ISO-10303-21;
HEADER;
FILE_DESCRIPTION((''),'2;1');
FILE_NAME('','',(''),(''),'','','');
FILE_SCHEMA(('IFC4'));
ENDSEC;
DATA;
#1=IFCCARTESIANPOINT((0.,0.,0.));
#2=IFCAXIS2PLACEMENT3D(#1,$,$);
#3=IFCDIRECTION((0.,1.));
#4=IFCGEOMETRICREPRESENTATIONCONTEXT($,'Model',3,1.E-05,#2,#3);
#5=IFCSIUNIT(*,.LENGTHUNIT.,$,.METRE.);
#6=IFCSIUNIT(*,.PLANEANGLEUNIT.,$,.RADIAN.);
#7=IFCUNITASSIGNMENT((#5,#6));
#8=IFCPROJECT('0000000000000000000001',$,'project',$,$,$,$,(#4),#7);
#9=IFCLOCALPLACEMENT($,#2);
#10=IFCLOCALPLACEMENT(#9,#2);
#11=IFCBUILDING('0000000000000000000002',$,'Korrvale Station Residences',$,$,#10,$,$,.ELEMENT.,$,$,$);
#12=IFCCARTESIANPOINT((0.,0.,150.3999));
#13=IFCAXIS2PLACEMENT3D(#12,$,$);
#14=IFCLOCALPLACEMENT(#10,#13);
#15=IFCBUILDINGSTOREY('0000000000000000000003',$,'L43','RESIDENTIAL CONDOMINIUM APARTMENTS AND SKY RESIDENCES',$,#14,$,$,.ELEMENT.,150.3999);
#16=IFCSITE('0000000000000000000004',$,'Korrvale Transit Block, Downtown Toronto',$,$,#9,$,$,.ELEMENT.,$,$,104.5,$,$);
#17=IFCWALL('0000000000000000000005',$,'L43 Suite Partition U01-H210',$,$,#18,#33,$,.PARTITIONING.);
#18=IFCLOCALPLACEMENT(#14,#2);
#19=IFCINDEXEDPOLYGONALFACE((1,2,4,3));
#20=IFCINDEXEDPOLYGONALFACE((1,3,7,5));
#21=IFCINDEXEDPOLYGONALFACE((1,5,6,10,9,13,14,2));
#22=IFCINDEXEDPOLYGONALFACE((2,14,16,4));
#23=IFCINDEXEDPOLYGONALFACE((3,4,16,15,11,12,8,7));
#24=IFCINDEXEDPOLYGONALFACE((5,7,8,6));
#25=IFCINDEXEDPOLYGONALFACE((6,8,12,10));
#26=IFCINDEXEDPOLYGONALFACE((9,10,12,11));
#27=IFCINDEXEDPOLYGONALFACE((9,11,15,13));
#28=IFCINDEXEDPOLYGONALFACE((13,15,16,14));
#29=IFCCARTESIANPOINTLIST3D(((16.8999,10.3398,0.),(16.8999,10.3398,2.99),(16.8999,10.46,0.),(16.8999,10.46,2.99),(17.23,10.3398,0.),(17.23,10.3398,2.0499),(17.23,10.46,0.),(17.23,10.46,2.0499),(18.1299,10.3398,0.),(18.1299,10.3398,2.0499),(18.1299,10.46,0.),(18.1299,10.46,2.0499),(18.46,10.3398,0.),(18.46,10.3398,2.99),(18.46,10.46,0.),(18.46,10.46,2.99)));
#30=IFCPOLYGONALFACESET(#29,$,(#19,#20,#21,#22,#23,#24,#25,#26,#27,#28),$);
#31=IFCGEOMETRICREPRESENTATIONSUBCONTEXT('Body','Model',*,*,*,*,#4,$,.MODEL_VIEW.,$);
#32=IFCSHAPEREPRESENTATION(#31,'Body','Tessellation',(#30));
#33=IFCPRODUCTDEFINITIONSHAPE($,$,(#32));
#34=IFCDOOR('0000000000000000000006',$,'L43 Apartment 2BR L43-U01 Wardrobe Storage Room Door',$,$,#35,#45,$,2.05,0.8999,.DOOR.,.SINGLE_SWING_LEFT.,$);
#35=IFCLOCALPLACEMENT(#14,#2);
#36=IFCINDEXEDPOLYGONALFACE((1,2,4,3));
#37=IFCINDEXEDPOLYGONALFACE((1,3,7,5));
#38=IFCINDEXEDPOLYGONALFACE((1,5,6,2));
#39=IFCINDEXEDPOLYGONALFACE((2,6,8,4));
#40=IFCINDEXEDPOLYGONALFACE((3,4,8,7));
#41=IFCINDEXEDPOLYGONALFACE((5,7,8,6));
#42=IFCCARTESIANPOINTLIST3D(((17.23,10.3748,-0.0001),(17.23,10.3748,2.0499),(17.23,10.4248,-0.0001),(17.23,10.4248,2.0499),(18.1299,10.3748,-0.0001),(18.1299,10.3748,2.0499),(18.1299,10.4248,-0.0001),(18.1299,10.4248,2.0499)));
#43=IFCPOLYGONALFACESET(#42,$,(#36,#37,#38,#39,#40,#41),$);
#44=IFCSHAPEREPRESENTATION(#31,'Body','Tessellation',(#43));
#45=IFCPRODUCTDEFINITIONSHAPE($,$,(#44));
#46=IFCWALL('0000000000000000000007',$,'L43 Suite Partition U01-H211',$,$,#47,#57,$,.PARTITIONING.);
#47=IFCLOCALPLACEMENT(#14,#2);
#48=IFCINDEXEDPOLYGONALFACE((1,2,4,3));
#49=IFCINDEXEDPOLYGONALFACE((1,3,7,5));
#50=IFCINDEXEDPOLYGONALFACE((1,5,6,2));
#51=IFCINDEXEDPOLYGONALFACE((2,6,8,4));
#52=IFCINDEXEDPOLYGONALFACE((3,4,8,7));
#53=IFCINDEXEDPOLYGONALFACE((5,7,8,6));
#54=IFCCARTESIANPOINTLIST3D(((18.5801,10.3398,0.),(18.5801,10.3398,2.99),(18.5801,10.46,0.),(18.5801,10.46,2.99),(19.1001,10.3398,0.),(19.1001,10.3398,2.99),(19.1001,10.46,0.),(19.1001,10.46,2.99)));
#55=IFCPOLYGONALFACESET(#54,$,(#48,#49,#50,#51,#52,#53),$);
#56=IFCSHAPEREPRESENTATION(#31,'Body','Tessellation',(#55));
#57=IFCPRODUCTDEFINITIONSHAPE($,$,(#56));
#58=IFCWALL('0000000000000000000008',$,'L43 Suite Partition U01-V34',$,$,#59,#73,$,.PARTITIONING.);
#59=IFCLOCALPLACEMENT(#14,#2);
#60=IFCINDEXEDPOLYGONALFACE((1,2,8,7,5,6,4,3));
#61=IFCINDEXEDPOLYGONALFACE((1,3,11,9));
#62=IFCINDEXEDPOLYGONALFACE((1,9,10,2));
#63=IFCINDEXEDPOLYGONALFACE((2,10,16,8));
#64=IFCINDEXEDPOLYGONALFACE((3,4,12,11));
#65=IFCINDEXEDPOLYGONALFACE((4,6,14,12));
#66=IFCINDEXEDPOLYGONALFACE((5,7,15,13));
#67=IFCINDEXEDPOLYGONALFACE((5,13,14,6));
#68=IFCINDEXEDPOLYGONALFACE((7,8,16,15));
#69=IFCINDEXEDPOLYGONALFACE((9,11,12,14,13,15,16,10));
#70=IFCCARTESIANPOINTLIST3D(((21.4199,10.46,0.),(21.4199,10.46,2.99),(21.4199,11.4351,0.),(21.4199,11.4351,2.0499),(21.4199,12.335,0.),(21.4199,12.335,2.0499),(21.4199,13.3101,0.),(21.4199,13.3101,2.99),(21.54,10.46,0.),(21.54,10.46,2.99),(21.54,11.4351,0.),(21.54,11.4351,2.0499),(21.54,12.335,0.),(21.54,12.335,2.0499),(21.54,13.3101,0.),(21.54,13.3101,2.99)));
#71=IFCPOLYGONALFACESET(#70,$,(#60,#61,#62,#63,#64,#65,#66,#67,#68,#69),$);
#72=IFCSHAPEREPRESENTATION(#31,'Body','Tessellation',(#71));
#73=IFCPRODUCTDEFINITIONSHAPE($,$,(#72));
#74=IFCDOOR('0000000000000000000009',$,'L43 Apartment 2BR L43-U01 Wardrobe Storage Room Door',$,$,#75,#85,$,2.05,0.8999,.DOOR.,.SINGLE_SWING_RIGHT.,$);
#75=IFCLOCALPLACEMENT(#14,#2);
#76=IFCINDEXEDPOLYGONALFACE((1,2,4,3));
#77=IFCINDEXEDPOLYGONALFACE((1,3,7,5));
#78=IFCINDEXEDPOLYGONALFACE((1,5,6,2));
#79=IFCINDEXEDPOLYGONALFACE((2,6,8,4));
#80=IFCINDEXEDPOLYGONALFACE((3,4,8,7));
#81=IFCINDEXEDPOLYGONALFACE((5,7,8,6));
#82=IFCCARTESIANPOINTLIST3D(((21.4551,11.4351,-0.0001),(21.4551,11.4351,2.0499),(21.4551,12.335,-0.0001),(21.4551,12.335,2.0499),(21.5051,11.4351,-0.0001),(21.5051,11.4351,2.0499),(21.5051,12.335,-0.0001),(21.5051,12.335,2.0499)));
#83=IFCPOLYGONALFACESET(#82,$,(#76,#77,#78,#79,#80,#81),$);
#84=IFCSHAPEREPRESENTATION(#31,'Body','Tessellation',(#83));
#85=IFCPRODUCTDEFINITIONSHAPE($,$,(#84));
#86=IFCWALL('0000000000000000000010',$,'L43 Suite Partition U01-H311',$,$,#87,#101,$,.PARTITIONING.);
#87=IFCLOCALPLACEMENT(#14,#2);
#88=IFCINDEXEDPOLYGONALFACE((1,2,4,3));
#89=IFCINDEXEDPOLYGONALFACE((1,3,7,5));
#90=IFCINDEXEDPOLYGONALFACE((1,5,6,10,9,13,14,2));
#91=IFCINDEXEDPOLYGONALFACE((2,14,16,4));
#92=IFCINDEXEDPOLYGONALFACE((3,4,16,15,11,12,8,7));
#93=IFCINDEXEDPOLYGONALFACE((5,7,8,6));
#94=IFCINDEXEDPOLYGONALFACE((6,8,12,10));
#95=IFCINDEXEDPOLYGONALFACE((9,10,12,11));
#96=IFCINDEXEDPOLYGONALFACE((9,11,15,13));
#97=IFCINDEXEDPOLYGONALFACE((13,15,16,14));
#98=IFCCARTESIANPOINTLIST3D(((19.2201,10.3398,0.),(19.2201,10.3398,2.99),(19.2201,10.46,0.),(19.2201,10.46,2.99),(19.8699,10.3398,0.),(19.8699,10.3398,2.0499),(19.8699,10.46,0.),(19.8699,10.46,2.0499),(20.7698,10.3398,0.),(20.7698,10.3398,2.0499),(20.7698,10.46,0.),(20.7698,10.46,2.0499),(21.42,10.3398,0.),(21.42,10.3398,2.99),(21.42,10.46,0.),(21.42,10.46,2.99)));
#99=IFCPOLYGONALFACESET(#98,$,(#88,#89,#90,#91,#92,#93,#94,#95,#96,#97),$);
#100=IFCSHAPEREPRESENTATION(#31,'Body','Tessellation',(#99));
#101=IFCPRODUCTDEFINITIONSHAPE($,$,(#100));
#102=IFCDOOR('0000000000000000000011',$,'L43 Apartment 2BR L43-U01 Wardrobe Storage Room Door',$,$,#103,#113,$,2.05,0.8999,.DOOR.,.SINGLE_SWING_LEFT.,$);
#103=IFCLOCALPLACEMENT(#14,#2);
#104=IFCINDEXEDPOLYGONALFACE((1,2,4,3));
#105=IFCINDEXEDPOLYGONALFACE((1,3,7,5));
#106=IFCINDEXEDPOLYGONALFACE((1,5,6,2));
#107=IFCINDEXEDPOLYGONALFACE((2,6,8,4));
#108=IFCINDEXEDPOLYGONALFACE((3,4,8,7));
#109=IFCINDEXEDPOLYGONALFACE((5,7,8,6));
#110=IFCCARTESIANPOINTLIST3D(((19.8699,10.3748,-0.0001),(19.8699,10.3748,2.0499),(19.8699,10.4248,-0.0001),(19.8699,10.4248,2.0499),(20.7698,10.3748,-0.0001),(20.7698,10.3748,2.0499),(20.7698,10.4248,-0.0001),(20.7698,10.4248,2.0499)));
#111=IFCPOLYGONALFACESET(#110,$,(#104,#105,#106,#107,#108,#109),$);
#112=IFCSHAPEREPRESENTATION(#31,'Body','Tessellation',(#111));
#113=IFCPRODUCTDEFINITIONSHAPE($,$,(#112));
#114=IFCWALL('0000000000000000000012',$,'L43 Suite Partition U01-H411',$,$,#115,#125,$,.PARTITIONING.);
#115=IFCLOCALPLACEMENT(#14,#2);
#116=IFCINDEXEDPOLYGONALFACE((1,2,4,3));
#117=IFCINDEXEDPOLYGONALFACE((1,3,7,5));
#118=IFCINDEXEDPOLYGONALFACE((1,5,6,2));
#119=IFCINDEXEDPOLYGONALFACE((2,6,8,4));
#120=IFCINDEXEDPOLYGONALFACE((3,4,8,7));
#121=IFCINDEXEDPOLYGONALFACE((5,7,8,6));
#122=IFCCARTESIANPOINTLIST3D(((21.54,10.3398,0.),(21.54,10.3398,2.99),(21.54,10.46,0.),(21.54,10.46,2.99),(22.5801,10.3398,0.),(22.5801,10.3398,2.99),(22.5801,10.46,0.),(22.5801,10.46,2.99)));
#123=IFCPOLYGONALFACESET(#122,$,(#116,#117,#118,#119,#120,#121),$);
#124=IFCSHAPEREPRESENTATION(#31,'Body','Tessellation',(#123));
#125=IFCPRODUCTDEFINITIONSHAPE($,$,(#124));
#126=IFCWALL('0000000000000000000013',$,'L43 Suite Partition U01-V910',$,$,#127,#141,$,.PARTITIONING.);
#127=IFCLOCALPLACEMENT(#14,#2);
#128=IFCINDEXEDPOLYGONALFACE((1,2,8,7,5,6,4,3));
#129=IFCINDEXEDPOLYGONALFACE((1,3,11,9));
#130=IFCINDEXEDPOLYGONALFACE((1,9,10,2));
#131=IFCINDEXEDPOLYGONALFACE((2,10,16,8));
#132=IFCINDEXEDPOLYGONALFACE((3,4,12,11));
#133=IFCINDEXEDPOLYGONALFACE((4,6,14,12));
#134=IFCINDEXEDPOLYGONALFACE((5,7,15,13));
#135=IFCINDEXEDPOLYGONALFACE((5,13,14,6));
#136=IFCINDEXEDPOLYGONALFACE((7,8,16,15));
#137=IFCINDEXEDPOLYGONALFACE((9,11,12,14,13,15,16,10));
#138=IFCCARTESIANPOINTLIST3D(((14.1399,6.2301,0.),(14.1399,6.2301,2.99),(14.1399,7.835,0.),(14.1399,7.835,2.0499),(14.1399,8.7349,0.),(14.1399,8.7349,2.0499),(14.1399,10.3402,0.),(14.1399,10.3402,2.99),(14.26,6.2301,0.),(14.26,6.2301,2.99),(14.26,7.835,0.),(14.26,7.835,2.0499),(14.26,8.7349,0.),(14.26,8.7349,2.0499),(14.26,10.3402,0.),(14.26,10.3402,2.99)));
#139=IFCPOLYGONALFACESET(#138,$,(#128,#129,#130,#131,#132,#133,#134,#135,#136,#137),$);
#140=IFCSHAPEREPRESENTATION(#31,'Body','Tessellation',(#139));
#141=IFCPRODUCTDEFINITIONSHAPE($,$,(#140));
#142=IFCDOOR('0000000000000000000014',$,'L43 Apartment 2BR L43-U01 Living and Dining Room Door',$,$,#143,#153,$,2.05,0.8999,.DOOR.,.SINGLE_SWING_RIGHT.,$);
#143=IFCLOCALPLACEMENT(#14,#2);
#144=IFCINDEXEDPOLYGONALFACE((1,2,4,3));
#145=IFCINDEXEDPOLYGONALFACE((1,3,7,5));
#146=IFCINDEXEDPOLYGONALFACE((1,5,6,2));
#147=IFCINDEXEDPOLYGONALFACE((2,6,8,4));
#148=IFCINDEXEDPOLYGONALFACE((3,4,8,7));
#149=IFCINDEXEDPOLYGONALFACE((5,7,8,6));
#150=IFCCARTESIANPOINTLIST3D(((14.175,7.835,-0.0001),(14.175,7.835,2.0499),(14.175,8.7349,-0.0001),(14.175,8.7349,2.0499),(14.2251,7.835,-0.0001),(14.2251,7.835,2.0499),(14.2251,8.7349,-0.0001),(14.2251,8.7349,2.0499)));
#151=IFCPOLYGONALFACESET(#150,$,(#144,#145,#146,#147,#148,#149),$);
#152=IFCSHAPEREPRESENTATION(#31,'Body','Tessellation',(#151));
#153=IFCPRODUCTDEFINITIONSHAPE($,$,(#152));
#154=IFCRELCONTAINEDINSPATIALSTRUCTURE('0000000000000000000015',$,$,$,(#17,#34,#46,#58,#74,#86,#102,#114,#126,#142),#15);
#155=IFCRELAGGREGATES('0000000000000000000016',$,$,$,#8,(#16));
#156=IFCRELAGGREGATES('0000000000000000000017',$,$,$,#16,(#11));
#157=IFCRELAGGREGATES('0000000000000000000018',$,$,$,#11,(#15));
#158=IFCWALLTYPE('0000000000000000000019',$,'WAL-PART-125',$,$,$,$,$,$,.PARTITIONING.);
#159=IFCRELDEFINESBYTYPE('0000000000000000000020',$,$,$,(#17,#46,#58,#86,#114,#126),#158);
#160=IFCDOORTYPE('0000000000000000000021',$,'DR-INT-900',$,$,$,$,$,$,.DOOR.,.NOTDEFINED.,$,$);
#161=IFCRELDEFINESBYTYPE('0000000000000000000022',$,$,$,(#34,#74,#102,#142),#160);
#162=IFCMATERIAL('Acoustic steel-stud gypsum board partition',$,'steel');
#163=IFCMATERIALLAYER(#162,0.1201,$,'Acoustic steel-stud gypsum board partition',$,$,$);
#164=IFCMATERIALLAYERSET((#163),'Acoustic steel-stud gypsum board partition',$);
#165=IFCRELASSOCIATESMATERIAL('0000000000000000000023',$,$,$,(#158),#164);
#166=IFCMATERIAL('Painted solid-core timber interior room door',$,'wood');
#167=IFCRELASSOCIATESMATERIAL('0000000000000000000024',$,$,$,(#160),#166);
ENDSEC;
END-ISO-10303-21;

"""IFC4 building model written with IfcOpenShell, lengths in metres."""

from ifc_helpers import new_model, si_unit, direction, frame, frame_2d, origin, place, context, subcontext, project, spatial, rectangle, extrude, material, layer, layer_set, type_object, element, fill, save


model = new_model("IFC4")

# Units and contexts
model_context = context("Model", 3, precision=1e-05, world=origin(), true_north=direction((0.0, 1.0)))
body_context = subcontext(model_context, "Body", "Model", "MODEL_VIEW")
ifc_project = project(units=[si_unit("LENGTHUNIT", "METRE"), si_unit("PLANEANGLEUNIT", "RADIAN")], contexts=[model_context])

# Site, building, storey
site_placement = place(None, origin())
site = spatial("IfcSite", under=ifc_project, at=site_placement, Name="Korrvale Transit Block, Downtown Toronto", CompositionType="ELEMENT", RefElevation=104.5)
building_placement = place(site_placement, origin())
building = spatial("IfcBuilding", under=site, at=building_placement, Name="Korrvale Station Residences", CompositionType="ELEMENT")
storey_placement = place(building_placement, frame((0.0, 0.0, 150.3999)))
storey = spatial("IfcBuildingStorey", under=building, at=storey_placement, Name="L43", Description="RESIDENTIAL CONDOMINIUM APARTMENTS AND SKY RESIDENCES", CompositionType="ELEMENT", Elevation=150.3999)

# Wall, opening, door
ifc_material_1 = material(Name="Acoustic steel-stud gypsum board partition", Category="steel")
ifc_layer_1 = layer(ifc_material_1, 0.1201, Name="Acoustic steel-stud gypsum board partition")
ifc_layer_set_1 = layer_set([ifc_layer_1], Name="Acoustic steel-stud gypsum board partition")
wall_type_1 = type_object("IfcWallType", Name="WAL-PART-125", PredefinedType="PARTITIONING", material=ifc_layer_set_1)
ifc_material_2 = material(Name="Painted solid-core timber interior room door", Category="wood")
door_type_1 = type_object("IfcDoorType", Name="DR-INT-900", OperationType="NOTDEFINED", PredefinedType="DOOR", material=ifc_material_2)
wall_1_placement = place(storey_placement, frame((16.8999, 10.3999, 0.0), z_axis=(0.0, 0.0, 1.0), x_axis=(1.0, 0.0, 0.0)))
wall_1 = element("IfcWall", 1, at=wall_1_placement, inside=storey, type_object=wall_type_1, Name="L43 Suite Partition U01-H210", PredefinedType="PARTITIONING", context=body_context, shape_type="SweptSolid", body=[
    extrude(rectangle(XDim=1.5601, YDim=0.1201, at=frame_2d((0.78, 0.0))), origin(), (0.0, 0.0, 1.0), 2.99),
])
opening_1_placement = place(wall_1_placement, frame((0.3301, 0.0, 0.0)))
opening_1 = element("IfcOpeningElement", 2, at=opening_1_placement, cuts=wall_1, PredefinedType="OPENING", context=body_context, shape_type="SweptSolid", body=[
    extrude(rectangle(XDim=0.8999, YDim=2.05, at=frame_2d((0.45, 1.0249))), frame((0.0, 0.0701, 0.0), z_axis=(0.0, -1.0, 0.0), x_axis=(1.0, 0.0, 0.0)), (0.0, 0.0, 1.0), 0.1401),
])
door_1_placement = place(opening_1_placement, origin())
door_1 = element("IfcDoor", 3, at=door_1_placement, inside=storey, type_object=door_type_1, Name="L43 Apartment 2BR L43-U01 Wardrobe Storage Room Door", OperationType="SINGLE_SWING_LEFT", OverallHeight=2.05, OverallWidth=0.8999, PredefinedType="DOOR", context=body_context, shape_type="SweptSolid", body=[
    extrude(rectangle(XDim=0.8999, YDim=2.05, at=frame_2d((0.45, 1.0249))), frame((0.0, 0.0249, 0.0), z_axis=(0.0, -1.0, 0.0), x_axis=(1.0, 0.0, 0.0)), (0.0, 0.0, 1.0), 0.05),
])
fill(opening_1, door_1)

# Wall
wall_2_placement = place(storey_placement, frame((18.5801, 10.3999, 0.0), z_axis=(0.0, 0.0, 1.0), x_axis=(1.0, 0.0, 0.0)))
element("IfcWall", 4, at=wall_2_placement, inside=storey, type_object=wall_type_1, Name="L43 Suite Partition U01-H211", PredefinedType="PARTITIONING", context=body_context, shape_type="SweptSolid", body=[
    extrude(rectangle(XDim=0.52, YDim=0.1201, at=frame_2d((0.26, 0.0))), origin(), (0.0, 0.0, 1.0), 2.99),
])

# Walls, openings, doors
wall_3_placement = place(storey_placement, frame((21.48, 10.46, 0.0), z_axis=(0.0, 0.0, 1.0), x_axis=(0.0, 1.0, 0.0)))
wall_3 = element("IfcWall", 5, at=wall_3_placement, inside=storey, type_object=wall_type_1, Name="L43 Suite Partition U01-V34", PredefinedType="PARTITIONING", context=body_context, shape_type="SweptSolid", body=[
    extrude(rectangle(XDim=2.8501, YDim=0.1201, at=frame_2d((1.425, 0.0))), origin(), (0.0, 0.0, 1.0), 2.99),
])
opening_2_placement = place(wall_3_placement, frame((0.9751, 0.0, 0.0)))
opening_2 = element("IfcOpeningElement", 6, at=opening_2_placement, cuts=wall_3, PredefinedType="OPENING", context=body_context, shape_type="SweptSolid", body=[
    extrude(rectangle(XDim=0.8999, YDim=2.05, at=frame_2d((0.45, 1.0249))), frame((0.0, 0.0701, 0.0), z_axis=(0.0, -1.0, 0.0), x_axis=(1.0, 0.0, 0.0)), (0.0, 0.0, 1.0), 0.1401),
])
door_2_placement = place(opening_2_placement, origin())
door_2 = element("IfcDoor", 7, at=door_2_placement, inside=storey, type_object=door_type_1, Name="L43 Apartment 2BR L43-U01 Wardrobe Storage Room Door", OperationType="SINGLE_SWING_RIGHT", OverallHeight=2.05, OverallWidth=0.8999, PredefinedType="DOOR", context=body_context, shape_type="SweptSolid", body=[
    extrude(rectangle(XDim=0.8999, YDim=2.05, at=frame_2d((0.45, 1.0249))), frame((0.0, 0.0249, 0.0), z_axis=(0.0, -1.0, 0.0), x_axis=(1.0, 0.0, 0.0)), (0.0, 0.0, 1.0), 0.05),
])
fill(opening_2, door_2)
wall_4_placement = place(storey_placement, frame((19.22, 10.3999, 0.0), z_axis=(0.0, 0.0, 1.0), x_axis=(1.0, 0.0, 0.0)))
wall_4 = element("IfcWall", 8, at=wall_4_placement, inside=storey, type_object=wall_type_1, Name="L43 Suite Partition U01-H311", PredefinedType="PARTITIONING", context=body_context, shape_type="SweptSolid", body=[
    extrude(rectangle(XDim=2.2, YDim=0.1201, at=frame_2d((1.1001, 0.0))), origin(), (0.0, 0.0, 1.0), 2.99),
])
opening_3_placement = place(wall_4_placement, frame((0.6499, 0.0, 0.0)))
opening_3 = element("IfcOpeningElement", 9, at=opening_3_placement, cuts=wall_4, PredefinedType="OPENING", context=body_context, shape_type="SweptSolid", body=[
    extrude(rectangle(XDim=0.8999, YDim=2.05, at=frame_2d((0.45, 1.0249))), frame((0.0, 0.0701, 0.0), z_axis=(0.0, -1.0, 0.0), x_axis=(1.0, 0.0, 0.0)), (0.0, 0.0, 1.0), 0.1401),
])
door_3_placement = place(opening_3_placement, origin())
door_3 = element("IfcDoor", 10, at=door_3_placement, inside=storey, type_object=door_type_1, Name="L43 Apartment 2BR L43-U01 Wardrobe Storage Room Door", OperationType="SINGLE_SWING_LEFT", OverallHeight=2.05, OverallWidth=0.8999, PredefinedType="DOOR", context=body_context, shape_type="SweptSolid", body=[
    extrude(rectangle(XDim=0.8999, YDim=2.05, at=frame_2d((0.45, 1.0249))), frame((0.0, 0.0249, 0.0), z_axis=(0.0, -1.0, 0.0), x_axis=(1.0, 0.0, 0.0)), (0.0, 0.0, 1.0), 0.05),
])
fill(opening_3, door_3)

# Wall
wall_5_placement = place(storey_placement, frame((21.54, 10.3999, 0.0), z_axis=(0.0, 0.0, 1.0), x_axis=(1.0, 0.0, 0.0)))
element("IfcWall", 11, at=wall_5_placement, inside=storey, type_object=wall_type_1, Name="L43 Suite Partition U01-H411", PredefinedType="PARTITIONING", context=body_context, shape_type="SweptSolid", body=[
    extrude(rectangle(XDim=1.04, YDim=0.1201, at=frame_2d((0.52, 0.0))), origin(), (0.0, 0.0, 1.0), 2.99),
])

# Wall, opening, door
wall_6_placement = place(storey_placement, frame((14.2, 6.23, 0.0), z_axis=(0.0, 0.0, 1.0), x_axis=(0.0, 1.0, 0.0)))
wall_6 = element("IfcWall", 12, at=wall_6_placement, inside=storey, type_object=wall_type_1, Name="L43 Suite Partition U01-V910", PredefinedType="PARTITIONING", context=body_context, shape_type="SweptSolid", body=[
    extrude(rectangle(XDim=4.1101, YDim=0.1201, at=frame_2d((2.0552, 0.0))), origin(), (0.0, 0.0, 1.0), 2.99),
])
opening_4_placement = place(wall_6_placement, frame((1.605, 0.0, 0.0)))
opening_4 = element("IfcOpeningElement", 13, at=opening_4_placement, cuts=wall_6, PredefinedType="OPENING", context=body_context, shape_type="SweptSolid", body=[
    extrude(rectangle(XDim=0.8999, YDim=2.05, at=frame_2d((0.45, 1.0249))), frame((0.0, 0.0701, 0.0), z_axis=(0.0, -1.0, 0.0), x_axis=(1.0, 0.0, 0.0)), (0.0, 0.0, 1.0), 0.1401),
])
door_4_placement = place(opening_4_placement, origin())
door_4 = element("IfcDoor", 14, at=door_4_placement, inside=storey, type_object=door_type_1, Name="L43 Apartment 2BR L43-U01 Living and Dining Room Door", OperationType="SINGLE_SWING_RIGHT", OverallHeight=2.05, OverallWidth=0.8999, PredefinedType="DOOR", context=body_context, shape_type="SweptSolid", body=[
    extrude(rectangle(XDim=0.8999, YDim=2.05, at=frame_2d((0.45, 1.0249))), frame((0.0, 0.0249, 0.0), z_axis=(0.0, -1.0, 0.0), x_axis=(1.0, 0.0, 0.0)), (0.0, 0.0, 1.0), 0.05),
])
fill(opening_4, door_4)

save(model, "model.ifc")
